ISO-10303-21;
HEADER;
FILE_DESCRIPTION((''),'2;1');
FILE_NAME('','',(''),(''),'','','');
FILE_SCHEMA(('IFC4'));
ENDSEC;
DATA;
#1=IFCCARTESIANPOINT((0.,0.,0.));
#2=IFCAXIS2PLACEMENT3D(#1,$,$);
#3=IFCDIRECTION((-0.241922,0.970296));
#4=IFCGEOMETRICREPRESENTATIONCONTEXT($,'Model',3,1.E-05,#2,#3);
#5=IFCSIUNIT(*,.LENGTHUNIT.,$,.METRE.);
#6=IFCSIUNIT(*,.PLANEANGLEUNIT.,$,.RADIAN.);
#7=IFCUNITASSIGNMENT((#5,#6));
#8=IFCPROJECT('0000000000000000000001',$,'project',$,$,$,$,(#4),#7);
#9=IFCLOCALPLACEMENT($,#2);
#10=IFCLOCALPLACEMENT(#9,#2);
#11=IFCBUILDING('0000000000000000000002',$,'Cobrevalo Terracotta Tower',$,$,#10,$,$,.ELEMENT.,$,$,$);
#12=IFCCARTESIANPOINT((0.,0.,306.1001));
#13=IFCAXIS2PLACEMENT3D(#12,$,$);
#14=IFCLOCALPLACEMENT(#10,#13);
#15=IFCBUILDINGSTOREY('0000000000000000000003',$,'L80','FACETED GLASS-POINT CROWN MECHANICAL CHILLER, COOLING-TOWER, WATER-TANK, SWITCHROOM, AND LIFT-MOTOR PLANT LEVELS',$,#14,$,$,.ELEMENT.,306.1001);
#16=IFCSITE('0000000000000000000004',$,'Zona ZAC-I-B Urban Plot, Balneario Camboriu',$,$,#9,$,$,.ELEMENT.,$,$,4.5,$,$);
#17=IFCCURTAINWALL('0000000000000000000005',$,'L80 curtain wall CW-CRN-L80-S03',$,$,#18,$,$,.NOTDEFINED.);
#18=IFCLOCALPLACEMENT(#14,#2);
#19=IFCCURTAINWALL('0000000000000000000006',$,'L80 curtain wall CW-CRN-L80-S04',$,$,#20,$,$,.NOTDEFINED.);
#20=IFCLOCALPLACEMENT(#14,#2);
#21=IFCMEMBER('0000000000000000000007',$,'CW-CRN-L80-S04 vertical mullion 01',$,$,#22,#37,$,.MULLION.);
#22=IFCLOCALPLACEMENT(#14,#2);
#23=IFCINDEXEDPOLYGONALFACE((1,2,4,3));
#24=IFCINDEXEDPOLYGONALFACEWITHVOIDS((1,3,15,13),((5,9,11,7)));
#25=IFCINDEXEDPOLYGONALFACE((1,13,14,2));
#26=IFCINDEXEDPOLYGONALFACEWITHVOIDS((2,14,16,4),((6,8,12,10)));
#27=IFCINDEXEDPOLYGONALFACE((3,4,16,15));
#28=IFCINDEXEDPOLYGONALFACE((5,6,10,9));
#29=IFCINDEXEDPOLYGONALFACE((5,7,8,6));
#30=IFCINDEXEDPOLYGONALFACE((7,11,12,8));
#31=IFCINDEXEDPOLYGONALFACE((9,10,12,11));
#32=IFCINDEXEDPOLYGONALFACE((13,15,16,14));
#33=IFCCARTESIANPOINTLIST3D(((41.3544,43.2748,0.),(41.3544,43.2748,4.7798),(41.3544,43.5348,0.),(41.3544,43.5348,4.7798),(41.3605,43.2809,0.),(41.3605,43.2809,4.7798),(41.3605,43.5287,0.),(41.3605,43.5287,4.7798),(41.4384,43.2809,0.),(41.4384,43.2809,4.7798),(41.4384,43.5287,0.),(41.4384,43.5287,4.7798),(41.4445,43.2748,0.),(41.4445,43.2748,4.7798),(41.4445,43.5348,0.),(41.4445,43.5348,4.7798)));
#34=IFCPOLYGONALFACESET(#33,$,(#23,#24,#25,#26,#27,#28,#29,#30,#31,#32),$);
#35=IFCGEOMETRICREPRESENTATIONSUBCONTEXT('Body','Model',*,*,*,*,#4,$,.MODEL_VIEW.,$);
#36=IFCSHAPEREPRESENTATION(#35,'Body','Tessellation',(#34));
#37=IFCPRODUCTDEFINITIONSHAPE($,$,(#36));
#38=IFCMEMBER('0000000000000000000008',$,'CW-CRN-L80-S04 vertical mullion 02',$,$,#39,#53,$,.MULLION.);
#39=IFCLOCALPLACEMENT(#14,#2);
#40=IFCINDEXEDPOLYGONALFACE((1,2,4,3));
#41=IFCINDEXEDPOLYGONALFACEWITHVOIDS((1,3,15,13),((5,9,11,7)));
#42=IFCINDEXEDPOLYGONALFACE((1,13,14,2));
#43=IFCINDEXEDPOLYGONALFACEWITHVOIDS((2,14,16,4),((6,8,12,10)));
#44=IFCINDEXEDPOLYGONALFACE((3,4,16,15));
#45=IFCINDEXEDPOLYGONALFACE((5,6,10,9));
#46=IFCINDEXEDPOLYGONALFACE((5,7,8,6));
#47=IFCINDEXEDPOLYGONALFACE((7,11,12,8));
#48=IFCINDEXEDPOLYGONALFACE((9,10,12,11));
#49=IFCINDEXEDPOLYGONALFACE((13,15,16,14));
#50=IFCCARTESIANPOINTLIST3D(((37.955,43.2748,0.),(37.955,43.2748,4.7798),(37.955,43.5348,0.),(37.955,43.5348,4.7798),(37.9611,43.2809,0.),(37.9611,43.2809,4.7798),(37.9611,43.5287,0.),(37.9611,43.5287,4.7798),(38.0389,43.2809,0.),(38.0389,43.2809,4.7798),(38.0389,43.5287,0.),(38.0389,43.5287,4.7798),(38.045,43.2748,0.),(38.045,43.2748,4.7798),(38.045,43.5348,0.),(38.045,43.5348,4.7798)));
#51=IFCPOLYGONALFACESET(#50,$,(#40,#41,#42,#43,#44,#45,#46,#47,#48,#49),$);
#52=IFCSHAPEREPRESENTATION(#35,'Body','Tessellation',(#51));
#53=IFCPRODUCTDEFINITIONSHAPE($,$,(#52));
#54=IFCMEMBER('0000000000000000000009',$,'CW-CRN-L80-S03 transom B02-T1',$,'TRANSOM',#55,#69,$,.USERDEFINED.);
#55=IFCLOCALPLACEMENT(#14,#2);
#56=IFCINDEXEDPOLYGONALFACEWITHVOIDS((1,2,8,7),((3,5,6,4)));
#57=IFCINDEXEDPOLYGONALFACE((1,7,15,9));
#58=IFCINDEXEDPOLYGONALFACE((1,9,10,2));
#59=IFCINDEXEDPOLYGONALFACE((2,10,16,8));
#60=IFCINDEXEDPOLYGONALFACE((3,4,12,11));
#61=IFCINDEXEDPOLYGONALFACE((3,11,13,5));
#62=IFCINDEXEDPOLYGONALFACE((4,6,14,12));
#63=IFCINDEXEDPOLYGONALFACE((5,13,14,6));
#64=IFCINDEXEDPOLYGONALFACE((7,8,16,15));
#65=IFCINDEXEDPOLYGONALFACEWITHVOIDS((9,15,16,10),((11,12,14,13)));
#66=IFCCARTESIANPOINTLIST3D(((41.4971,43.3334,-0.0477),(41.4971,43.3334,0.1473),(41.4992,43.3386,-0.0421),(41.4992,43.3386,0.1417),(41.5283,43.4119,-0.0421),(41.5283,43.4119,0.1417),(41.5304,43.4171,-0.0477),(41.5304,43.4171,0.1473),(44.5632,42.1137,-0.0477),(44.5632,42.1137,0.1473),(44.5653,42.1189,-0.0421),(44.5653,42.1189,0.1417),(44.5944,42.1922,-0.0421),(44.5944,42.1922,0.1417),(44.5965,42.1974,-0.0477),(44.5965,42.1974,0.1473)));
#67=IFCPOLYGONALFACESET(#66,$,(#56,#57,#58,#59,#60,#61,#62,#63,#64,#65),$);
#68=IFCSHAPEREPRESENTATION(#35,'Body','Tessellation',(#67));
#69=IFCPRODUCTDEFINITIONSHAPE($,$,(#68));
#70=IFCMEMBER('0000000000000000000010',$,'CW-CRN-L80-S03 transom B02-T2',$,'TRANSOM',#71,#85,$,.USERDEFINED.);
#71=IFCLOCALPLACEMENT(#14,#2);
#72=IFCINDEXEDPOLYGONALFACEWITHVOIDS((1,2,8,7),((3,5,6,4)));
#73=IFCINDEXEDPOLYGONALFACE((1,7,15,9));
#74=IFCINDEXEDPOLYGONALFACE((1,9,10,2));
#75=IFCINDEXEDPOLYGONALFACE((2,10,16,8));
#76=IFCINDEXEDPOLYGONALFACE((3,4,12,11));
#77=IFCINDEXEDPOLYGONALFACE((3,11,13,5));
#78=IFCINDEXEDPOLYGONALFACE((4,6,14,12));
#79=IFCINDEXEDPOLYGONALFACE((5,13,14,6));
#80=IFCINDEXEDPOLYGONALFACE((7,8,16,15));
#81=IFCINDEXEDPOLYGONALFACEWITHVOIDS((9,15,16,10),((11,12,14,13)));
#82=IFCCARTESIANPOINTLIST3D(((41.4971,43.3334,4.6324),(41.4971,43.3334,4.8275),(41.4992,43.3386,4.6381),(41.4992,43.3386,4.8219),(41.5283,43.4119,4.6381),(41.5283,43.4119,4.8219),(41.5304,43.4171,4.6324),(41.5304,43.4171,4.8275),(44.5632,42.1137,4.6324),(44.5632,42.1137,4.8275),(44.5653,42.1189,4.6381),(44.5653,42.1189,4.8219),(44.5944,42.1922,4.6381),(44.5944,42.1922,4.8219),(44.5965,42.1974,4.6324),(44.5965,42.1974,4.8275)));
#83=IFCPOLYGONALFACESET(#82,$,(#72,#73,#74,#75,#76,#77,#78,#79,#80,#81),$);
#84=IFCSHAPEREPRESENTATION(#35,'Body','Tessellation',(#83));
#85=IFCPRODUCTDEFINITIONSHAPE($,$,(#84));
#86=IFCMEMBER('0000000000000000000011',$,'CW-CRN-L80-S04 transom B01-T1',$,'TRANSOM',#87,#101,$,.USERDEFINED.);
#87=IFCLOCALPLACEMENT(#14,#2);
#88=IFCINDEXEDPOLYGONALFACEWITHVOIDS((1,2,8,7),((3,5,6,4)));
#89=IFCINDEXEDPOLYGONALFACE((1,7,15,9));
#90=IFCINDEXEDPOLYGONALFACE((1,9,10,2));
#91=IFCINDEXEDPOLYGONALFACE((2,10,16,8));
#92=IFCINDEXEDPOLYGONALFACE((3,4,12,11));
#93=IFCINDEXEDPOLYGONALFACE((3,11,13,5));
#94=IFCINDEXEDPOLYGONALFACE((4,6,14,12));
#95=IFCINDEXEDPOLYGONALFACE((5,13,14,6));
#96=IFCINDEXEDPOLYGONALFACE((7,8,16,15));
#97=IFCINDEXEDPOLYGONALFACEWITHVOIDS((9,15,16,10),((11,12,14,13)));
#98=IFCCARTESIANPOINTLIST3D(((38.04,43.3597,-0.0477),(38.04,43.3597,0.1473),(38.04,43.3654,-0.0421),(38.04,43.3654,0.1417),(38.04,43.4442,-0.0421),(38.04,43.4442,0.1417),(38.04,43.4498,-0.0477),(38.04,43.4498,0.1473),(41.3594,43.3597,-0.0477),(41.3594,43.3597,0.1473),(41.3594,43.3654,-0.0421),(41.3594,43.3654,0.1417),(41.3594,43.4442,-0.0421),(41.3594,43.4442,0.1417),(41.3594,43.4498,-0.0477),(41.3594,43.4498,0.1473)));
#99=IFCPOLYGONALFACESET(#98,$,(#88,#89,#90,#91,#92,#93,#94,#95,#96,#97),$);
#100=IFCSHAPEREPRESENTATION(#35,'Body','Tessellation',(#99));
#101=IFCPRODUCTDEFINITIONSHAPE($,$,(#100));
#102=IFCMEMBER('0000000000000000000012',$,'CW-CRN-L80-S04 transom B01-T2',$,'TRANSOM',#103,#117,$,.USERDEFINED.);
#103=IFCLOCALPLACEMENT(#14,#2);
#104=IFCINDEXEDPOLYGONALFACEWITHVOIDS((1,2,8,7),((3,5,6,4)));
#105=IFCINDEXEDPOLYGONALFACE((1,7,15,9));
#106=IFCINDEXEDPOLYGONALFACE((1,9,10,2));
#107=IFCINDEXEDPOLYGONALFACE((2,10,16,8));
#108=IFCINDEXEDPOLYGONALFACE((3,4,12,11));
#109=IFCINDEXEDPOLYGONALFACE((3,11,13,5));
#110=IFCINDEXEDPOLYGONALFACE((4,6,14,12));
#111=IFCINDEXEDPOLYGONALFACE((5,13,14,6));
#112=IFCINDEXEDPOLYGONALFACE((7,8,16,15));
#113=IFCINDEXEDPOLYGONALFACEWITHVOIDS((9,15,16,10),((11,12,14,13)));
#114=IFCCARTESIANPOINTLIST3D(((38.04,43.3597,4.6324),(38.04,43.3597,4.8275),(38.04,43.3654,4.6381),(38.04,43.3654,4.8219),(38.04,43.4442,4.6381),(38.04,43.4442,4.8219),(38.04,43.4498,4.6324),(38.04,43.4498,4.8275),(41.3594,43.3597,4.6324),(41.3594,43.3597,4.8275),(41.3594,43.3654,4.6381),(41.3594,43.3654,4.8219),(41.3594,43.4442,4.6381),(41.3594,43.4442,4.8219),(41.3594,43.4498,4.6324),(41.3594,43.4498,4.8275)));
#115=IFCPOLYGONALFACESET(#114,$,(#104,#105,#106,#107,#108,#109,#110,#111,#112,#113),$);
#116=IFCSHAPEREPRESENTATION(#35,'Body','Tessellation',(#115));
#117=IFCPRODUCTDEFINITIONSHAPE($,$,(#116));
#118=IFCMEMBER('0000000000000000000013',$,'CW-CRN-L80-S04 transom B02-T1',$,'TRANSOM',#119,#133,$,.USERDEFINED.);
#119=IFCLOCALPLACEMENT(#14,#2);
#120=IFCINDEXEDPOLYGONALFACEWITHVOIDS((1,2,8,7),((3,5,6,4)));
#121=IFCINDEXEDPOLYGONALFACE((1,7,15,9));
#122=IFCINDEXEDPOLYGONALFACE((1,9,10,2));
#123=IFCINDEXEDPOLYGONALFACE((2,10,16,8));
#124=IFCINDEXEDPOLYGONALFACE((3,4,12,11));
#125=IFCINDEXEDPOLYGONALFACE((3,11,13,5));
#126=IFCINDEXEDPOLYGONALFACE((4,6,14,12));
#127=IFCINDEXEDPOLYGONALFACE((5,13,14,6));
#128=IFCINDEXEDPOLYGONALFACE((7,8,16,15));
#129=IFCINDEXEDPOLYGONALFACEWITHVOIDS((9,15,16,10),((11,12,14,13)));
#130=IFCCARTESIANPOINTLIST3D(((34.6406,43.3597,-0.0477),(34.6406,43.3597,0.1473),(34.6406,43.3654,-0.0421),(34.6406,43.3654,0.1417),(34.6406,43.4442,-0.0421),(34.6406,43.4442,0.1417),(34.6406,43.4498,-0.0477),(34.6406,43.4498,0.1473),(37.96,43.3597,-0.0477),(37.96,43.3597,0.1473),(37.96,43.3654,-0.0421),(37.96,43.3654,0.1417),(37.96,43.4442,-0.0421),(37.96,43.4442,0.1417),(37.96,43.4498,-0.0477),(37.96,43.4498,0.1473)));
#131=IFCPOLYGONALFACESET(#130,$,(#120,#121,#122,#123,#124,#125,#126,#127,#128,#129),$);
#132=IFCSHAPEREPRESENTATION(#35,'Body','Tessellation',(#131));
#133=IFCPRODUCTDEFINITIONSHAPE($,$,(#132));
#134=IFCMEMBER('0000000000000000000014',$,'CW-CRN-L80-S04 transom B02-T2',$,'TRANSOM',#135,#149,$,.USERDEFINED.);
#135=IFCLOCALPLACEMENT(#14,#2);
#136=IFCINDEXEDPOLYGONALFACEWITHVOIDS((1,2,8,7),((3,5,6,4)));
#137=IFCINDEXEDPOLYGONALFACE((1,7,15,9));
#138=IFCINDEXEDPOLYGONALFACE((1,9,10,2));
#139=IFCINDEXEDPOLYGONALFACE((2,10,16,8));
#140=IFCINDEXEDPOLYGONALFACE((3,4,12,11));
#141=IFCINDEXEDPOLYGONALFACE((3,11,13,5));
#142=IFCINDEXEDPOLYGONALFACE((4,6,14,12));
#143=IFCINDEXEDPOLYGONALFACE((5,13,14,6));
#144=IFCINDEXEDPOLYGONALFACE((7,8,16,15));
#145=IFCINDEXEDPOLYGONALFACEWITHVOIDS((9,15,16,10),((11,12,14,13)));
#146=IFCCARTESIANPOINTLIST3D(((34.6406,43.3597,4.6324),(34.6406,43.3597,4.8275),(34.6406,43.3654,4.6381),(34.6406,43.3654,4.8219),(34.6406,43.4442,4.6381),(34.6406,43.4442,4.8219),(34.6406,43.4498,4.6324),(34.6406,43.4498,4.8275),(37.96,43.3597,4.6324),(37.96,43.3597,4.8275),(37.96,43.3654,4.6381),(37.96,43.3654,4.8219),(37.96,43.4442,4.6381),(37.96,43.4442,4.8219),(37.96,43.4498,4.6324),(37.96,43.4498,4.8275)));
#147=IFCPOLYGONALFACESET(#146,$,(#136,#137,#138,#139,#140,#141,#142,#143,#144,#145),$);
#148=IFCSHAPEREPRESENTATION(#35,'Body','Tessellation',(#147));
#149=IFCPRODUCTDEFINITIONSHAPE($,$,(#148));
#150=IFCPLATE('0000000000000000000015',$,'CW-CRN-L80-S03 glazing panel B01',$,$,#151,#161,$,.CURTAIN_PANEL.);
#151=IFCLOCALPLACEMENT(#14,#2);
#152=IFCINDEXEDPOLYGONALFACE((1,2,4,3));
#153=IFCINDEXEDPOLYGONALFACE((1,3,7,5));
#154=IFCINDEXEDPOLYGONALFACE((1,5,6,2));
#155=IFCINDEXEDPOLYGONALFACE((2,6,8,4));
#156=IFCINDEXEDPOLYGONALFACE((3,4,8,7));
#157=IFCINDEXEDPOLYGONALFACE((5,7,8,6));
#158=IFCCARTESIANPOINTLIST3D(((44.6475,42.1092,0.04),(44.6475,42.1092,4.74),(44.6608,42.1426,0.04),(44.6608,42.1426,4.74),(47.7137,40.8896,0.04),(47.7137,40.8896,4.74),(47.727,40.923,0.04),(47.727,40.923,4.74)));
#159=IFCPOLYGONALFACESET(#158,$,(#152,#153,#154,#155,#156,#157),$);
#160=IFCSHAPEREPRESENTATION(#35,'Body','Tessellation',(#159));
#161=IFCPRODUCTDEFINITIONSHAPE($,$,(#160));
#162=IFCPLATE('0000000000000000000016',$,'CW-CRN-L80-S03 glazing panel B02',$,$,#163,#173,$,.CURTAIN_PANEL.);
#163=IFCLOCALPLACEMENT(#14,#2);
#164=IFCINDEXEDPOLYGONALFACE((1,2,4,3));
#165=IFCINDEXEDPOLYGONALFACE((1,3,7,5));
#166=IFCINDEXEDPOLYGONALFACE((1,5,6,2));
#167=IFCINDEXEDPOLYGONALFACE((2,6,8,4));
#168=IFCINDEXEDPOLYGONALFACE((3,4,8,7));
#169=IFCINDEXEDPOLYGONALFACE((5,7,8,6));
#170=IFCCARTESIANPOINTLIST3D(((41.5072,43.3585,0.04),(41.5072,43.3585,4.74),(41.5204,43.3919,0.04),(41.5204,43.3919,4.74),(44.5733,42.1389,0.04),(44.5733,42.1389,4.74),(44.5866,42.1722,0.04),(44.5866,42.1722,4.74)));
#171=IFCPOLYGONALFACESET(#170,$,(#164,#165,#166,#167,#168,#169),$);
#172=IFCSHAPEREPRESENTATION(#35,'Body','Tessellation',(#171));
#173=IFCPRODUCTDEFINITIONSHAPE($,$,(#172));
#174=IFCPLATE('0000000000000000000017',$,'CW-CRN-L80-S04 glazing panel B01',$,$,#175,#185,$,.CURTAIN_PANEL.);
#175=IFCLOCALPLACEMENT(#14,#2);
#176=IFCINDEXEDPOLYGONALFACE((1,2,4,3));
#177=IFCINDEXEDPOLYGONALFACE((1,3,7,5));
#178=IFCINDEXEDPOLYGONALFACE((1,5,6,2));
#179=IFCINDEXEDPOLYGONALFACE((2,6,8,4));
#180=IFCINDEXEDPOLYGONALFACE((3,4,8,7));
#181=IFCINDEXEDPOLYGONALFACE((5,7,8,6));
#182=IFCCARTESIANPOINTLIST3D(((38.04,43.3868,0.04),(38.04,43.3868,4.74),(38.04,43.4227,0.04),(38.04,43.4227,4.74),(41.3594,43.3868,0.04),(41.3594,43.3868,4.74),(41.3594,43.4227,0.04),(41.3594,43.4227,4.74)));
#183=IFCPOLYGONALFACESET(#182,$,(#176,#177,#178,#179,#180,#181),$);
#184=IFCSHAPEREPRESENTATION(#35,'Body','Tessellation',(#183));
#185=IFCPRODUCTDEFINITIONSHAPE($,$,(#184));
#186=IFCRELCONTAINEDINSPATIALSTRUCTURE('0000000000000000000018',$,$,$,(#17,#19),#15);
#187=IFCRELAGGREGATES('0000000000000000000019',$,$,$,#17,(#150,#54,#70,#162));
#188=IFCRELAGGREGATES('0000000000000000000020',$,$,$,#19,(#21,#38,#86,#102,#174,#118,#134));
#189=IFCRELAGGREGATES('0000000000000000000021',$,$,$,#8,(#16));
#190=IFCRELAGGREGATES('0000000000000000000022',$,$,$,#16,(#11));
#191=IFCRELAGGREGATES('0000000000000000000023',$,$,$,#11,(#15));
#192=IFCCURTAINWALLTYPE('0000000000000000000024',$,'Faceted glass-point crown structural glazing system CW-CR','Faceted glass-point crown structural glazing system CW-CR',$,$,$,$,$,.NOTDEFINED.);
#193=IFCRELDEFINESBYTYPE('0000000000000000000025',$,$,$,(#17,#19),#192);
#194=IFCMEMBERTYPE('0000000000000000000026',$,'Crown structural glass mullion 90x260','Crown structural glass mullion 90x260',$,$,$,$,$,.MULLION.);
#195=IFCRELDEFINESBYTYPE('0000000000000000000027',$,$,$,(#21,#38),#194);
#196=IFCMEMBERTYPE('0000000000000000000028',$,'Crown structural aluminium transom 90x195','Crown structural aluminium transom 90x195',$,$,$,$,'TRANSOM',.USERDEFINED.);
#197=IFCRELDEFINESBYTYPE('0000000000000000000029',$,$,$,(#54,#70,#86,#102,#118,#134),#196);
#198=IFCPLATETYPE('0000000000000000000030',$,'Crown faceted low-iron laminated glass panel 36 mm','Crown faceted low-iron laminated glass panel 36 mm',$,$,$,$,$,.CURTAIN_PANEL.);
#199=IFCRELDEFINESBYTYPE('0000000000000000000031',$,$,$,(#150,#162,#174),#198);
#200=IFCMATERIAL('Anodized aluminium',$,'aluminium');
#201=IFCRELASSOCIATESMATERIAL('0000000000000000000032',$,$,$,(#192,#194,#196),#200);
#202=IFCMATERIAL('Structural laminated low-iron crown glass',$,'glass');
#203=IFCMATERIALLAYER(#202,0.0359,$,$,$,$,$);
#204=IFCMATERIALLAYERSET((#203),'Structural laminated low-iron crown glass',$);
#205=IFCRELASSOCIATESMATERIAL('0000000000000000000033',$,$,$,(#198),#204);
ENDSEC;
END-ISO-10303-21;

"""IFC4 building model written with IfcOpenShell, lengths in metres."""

from ifc_helpers import new_model, si_unit, direction, frame, origin, origin_2d, place, context, subcontext, project, spatial, rectangle, hollow_rectangle, extrude, source, transform, mapped, material, layer, layer_set, material_profile, profile_set, type_object, element, aggregate, save


model = new_model("IFC4")

# Units and contexts
model_context = context("Model", 3, precision=1e-05, world=origin(), true_north=direction((-0.241922, 0.970296)))
body_context = subcontext(model_context, "Body", "Model", "MODEL_VIEW")
ifc_project = project(units=[si_unit("LENGTHUNIT", "METRE"), si_unit("PLANEANGLEUNIT", "RADIAN")], contexts=[model_context])

# Site, building, storey
site_placement = place(None, origin())
site = spatial("IfcSite", under=ifc_project, at=site_placement, Name="Zona ZAC-I-B Urban Plot, Balneario Camboriu", CompositionType="ELEMENT", RefElevation=4.5)
building_placement = place(site_placement, origin())
building = spatial("IfcBuilding", under=site, at=building_placement, Name="Cobrevalo Terracotta Tower", CompositionType="ELEMENT")
storey_placement = place(building_placement, frame((0.0, 0.0, 306.1001)))
storey = spatial("IfcBuildingStorey", under=building, at=storey_placement, Name="L80", Description="FACETED GLASS-POINT CROWN MECHANICAL CHILLER, COOLING-TOWER, WATER-TANK, SWITCHROOM, AND LIFT-MOTOR PLANT LEVELS", CompositionType="ELEMENT", Elevation=306.1001)

# Curtain walls, members
ifc_material_1 = material(Name="Anodized aluminium", Category="aluminium")
curtain_wall_type = type_object("IfcCurtainWallType", Name="Faceted glass-point crown structural glazing system CW-CR", Description="Faceted glass-point crown structural glazing system CW-CR", PredefinedType="NOTDEFINED", material=ifc_material_1)
curtain_wall_1_placement = place(storey_placement, origin())
curtain_wall_1 = element("IfcCurtainWall", 1, at=curtain_wall_1_placement, inside=storey, type_object=curtain_wall_type, Name="L80 curtain wall CW-CRN-L80-S03", PredefinedType="NOTDEFINED")
ifc_material_profile_1 = material_profile(ifc_material_1, hollow_rectangle(XDim=0.0901, YDim=0.26, WallThickness=0.0061, at=origin_2d()), Name="CWM 90x260")
ifc_profile_set_1 = profile_set([ifc_material_profile_1], Name="Anodized aluminium")
member_type_1 = type_object("IfcMemberType", Name="Crown structural glass mullion 90x260", Description="Crown structural glass mullion 90x260", PredefinedType="MULLION", material=ifc_profile_set_1)
shared_shape_1 = source(origin(), body_context, "Body", "SweptSolid", [
    extrude(hollow_rectangle(XDim=0.0901, YDim=0.26, WallThickness=0.0061, at=origin_2d()), origin(), (0.0, 0.0, 1.0), 4.7798),
])
curtain_wall_2_placement = place(storey_placement, origin())
curtain_wall_2 = element("IfcCurtainWall", 2, at=curtain_wall_2_placement, inside=storey, type_object=curtain_wall_type, Name="L80 curtain wall CW-CRN-L80-S04", PredefinedType="NOTDEFINED")
member_1_placement = place(storey_placement, frame((41.3994, 43.4048, 0.0), z_axis=(0.0, 0.0, 1.0), x_axis=(-1.0, 0.0, 0.0)))
member_1 = element("IfcMember", 3, at=member_1_placement, type_object=member_type_1, Name="CW-CRN-L80-S04 vertical mullion 01", PredefinedType="MULLION", context=body_context, shape_type="MappedRepresentation", body=[
    mapped(shared_shape_1, transform((0.0, 0.0, 0.0), scale=1.0)),
])
member_2_placement = place(storey_placement, frame((38.0, 43.4048, 0.0), z_axis=(0.0, 0.0, 1.0), x_axis=(-1.0, 0.0, 0.0)))
member_2 = element("IfcMember", 4, at=member_2_placement, type_object=member_type_1, Name="CW-CRN-L80-S04 vertical mullion 02", PredefinedType="MULLION", context=body_context, shape_type="MappedRepresentation", body=[
    mapped(shared_shape_1, transform((0.0, 0.0, 0.0), scale=1.0)),
])

# Members
ifc_material_profile_2 = material_profile(ifc_material_1, hollow_rectangle(XDim=0.0901, YDim=0.1951, WallThickness=0.0056, at=origin_2d()), Name="CWT 90x195")
ifc_profile_set_2 = profile_set([ifc_material_profile_2], Name="Anodized aluminium")
member_type_2 = type_object("IfcMemberType", Name="Crown structural aluminium transom 90x195", Description="Crown structural aluminium transom 90x195", ElementType="TRANSOM", PredefinedType="USERDEFINED", material=ifc_profile_set_2)
shared_shape_2 = source(origin(), body_context, "Body", "SweptSolid", [
    extrude(hollow_rectangle(XDim=0.0901, YDim=0.1951, WallThickness=0.0056, at=origin_2d()), origin(), (0.0, 0.0, 1.0), 3.2998),
])
member_3_placement = place(storey_placement, frame((44.5798, 42.1555, 0.0498), z_axis=(-0.929179, 0.36963, 0.0), x_axis=(-0.36963, -0.929179, 0.0)))
member_3 = element("IfcMember", 5, at=member_3_placement, type_object=member_type_2, Name="CW-CRN-L80-S03 transom B02-T1", ObjectType="TRANSOM", PredefinedType="USERDEFINED", context=body_context, shape_type="MappedRepresentation", body=[
    mapped(shared_shape_2, transform((0.0, 0.0, 0.0), scale=1.0)),
])
member_4_placement = place(storey_placement, frame((44.5798, 42.1555, 4.73), z_axis=(-0.929179, 0.36963, 0.0), x_axis=(-0.36963, -0.929179, 0.0)))
member_4 = element("IfcMember", 6, at=member_4_placement, type_object=member_type_2, Name="CW-CRN-L80-S03 transom B02-T2", ObjectType="TRANSOM", PredefinedType="USERDEFINED", context=body_context, shape_type="MappedRepresentation", body=[
    mapped(shared_shape_2, transform((0.0, 0.0, 0.0), scale=1.0)),
])
shared_shape_3 = source(origin(), body_context, "Body", "SweptSolid", [
    extrude(hollow_rectangle(XDim=0.0901, YDim=0.1951, WallThickness=0.0056, at=origin_2d()), origin(), (0.0, 0.0, 1.0), 3.3193),
])
member_5_placement = place(storey_placement, frame((41.3594, 43.4048, 0.0498), z_axis=(-1.0, 0.0, 0.0), x_axis=(0.0, -1.0, 0.0)))
member_5 = element("IfcMember", 7, at=member_5_placement, type_object=member_type_2, Name="CW-CRN-L80-S04 transom B01-T1", ObjectType="TRANSOM", PredefinedType="USERDEFINED", context=body_context, shape_type="MappedRepresentation", body=[
    mapped(shared_shape_3, transform((0.0, 0.0, 0.0), scale=1.0)),
])
member_6_placement = place(storey_placement, frame((41.3594, 43.4048, 4.73), z_axis=(-1.0, 0.0, 0.0), x_axis=(0.0, -1.0, 0.0)))
member_6 = element("IfcMember", 8, at=member_6_placement, type_object=member_type_2, Name="CW-CRN-L80-S04 transom B01-T2", ObjectType="TRANSOM", PredefinedType="USERDEFINED", context=body_context, shape_type="MappedRepresentation", body=[
    mapped(shared_shape_3, transform((0.0, 0.0, 0.0), scale=1.0)),
])
member_7_placement = place(storey_placement, frame((37.96, 43.4048, 0.0498), z_axis=(-1.0, 0.0, 0.0), x_axis=(0.0, -1.0, 0.0)))
member_7 = element("IfcMember", 9, at=member_7_placement, type_object=member_type_2, Name="CW-CRN-L80-S04 transom B02-T1", ObjectType="TRANSOM", PredefinedType="USERDEFINED", context=body_context, shape_type="MappedRepresentation", body=[
    mapped(shared_shape_3, transform((0.0, 0.0, 0.0), scale=1.0)),
])
member_8_placement = place(storey_placement, frame((37.96, 43.4048, 4.73), z_axis=(-1.0, 0.0, 0.0), x_axis=(0.0, -1.0, 0.0)))
member_8 = element("IfcMember", 10, at=member_8_placement, type_object=member_type_2, Name="CW-CRN-L80-S04 transom B02-T2", ObjectType="TRANSOM", PredefinedType="USERDEFINED", context=body_context, shape_type="MappedRepresentation", body=[
    mapped(shared_shape_3, transform((0.0, 0.0, 0.0), scale=1.0)),
])

# Plates
ifc_material_2 = material(Name="Structural laminated low-iron crown glass", Category="glass")
ifc_layer_1 = layer(ifc_material_2, 0.0359)
ifc_layer_set_1 = layer_set([ifc_layer_1], Name="Structural laminated low-iron crown glass")
plate_type = type_object("IfcPlateType", Name="Crown faceted low-iron laminated glass panel 36 mm", Description="Crown faceted low-iron laminated glass panel 36 mm", PredefinedType="CURTAIN_PANEL", material=ifc_layer_set_1)
shared_shape_4 = source(origin(), body_context, "Body", "SweptSolid", [
    extrude(rectangle(XDim=3.2998, YDim=0.0359, at=origin_2d()), origin(), (0.0, 0.0, 1.0), 4.7),
])
plate_1_placement = place(storey_placement, frame((46.1873, 41.5161, 0.04), z_axis=(0.0, 0.0, 1.0), x_axis=(-0.929191, 0.369601, 0.0)))
plate_1 = element("IfcPlate", 11, at=plate_1_placement, type_object=plate_type, Name="CW-CRN-L80-S03 glazing panel B01", PredefinedType="CURTAIN_PANEL", context=body_context, shape_type="MappedRepresentation", body=[
    mapped(shared_shape_4, transform((0.0, 0.0, 0.0), scale=1.0)),
])
plate_2_placement = place(storey_placement, frame((43.0469, 42.7654, 0.04), z_axis=(0.0, 0.0, 1.0), x_axis=(-0.929191, 0.369601, 0.0)))
plate_2 = element("IfcPlate", 12, at=plate_2_placement, type_object=plate_type, Name="CW-CRN-L80-S03 glazing panel B02", PredefinedType="CURTAIN_PANEL", context=body_context, shape_type="MappedRepresentation", body=[
    mapped(shared_shape_4, transform((0.0, 0.0, 0.0), scale=1.0)),
])
aggregate(curtain_wall_1, [plate_1, member_3, member_4, plate_2])
shared_shape_5 = source(origin(), body_context, "Body", "SweptSolid", [
    extrude(rectangle(XDim=3.3193, YDim=0.0359, at=origin_2d()), origin(), (0.0, 0.0, 1.0), 4.7),
])
plate_3_placement = place(storey_placement, frame((39.6997, 43.4048, 0.04), z_axis=(0.0, 0.0, 1.0), x_axis=(-1.0, 0.0, 0.0)))
plate_3 = element("IfcPlate", 13, at=plate_3_placement, type_object=plate_type, Name="CW-CRN-L80-S04 glazing panel B01", PredefinedType="CURTAIN_PANEL", context=body_context, shape_type="MappedRepresentation", body=[
    mapped(shared_shape_5, transform((0.0, 0.0, 0.0), scale=1.0)),
])
aggregate(curtain_wall_2, [member_1, member_2, member_5, member_6, plate_3, member_7, member_8])

save(model, "model.ifc")
